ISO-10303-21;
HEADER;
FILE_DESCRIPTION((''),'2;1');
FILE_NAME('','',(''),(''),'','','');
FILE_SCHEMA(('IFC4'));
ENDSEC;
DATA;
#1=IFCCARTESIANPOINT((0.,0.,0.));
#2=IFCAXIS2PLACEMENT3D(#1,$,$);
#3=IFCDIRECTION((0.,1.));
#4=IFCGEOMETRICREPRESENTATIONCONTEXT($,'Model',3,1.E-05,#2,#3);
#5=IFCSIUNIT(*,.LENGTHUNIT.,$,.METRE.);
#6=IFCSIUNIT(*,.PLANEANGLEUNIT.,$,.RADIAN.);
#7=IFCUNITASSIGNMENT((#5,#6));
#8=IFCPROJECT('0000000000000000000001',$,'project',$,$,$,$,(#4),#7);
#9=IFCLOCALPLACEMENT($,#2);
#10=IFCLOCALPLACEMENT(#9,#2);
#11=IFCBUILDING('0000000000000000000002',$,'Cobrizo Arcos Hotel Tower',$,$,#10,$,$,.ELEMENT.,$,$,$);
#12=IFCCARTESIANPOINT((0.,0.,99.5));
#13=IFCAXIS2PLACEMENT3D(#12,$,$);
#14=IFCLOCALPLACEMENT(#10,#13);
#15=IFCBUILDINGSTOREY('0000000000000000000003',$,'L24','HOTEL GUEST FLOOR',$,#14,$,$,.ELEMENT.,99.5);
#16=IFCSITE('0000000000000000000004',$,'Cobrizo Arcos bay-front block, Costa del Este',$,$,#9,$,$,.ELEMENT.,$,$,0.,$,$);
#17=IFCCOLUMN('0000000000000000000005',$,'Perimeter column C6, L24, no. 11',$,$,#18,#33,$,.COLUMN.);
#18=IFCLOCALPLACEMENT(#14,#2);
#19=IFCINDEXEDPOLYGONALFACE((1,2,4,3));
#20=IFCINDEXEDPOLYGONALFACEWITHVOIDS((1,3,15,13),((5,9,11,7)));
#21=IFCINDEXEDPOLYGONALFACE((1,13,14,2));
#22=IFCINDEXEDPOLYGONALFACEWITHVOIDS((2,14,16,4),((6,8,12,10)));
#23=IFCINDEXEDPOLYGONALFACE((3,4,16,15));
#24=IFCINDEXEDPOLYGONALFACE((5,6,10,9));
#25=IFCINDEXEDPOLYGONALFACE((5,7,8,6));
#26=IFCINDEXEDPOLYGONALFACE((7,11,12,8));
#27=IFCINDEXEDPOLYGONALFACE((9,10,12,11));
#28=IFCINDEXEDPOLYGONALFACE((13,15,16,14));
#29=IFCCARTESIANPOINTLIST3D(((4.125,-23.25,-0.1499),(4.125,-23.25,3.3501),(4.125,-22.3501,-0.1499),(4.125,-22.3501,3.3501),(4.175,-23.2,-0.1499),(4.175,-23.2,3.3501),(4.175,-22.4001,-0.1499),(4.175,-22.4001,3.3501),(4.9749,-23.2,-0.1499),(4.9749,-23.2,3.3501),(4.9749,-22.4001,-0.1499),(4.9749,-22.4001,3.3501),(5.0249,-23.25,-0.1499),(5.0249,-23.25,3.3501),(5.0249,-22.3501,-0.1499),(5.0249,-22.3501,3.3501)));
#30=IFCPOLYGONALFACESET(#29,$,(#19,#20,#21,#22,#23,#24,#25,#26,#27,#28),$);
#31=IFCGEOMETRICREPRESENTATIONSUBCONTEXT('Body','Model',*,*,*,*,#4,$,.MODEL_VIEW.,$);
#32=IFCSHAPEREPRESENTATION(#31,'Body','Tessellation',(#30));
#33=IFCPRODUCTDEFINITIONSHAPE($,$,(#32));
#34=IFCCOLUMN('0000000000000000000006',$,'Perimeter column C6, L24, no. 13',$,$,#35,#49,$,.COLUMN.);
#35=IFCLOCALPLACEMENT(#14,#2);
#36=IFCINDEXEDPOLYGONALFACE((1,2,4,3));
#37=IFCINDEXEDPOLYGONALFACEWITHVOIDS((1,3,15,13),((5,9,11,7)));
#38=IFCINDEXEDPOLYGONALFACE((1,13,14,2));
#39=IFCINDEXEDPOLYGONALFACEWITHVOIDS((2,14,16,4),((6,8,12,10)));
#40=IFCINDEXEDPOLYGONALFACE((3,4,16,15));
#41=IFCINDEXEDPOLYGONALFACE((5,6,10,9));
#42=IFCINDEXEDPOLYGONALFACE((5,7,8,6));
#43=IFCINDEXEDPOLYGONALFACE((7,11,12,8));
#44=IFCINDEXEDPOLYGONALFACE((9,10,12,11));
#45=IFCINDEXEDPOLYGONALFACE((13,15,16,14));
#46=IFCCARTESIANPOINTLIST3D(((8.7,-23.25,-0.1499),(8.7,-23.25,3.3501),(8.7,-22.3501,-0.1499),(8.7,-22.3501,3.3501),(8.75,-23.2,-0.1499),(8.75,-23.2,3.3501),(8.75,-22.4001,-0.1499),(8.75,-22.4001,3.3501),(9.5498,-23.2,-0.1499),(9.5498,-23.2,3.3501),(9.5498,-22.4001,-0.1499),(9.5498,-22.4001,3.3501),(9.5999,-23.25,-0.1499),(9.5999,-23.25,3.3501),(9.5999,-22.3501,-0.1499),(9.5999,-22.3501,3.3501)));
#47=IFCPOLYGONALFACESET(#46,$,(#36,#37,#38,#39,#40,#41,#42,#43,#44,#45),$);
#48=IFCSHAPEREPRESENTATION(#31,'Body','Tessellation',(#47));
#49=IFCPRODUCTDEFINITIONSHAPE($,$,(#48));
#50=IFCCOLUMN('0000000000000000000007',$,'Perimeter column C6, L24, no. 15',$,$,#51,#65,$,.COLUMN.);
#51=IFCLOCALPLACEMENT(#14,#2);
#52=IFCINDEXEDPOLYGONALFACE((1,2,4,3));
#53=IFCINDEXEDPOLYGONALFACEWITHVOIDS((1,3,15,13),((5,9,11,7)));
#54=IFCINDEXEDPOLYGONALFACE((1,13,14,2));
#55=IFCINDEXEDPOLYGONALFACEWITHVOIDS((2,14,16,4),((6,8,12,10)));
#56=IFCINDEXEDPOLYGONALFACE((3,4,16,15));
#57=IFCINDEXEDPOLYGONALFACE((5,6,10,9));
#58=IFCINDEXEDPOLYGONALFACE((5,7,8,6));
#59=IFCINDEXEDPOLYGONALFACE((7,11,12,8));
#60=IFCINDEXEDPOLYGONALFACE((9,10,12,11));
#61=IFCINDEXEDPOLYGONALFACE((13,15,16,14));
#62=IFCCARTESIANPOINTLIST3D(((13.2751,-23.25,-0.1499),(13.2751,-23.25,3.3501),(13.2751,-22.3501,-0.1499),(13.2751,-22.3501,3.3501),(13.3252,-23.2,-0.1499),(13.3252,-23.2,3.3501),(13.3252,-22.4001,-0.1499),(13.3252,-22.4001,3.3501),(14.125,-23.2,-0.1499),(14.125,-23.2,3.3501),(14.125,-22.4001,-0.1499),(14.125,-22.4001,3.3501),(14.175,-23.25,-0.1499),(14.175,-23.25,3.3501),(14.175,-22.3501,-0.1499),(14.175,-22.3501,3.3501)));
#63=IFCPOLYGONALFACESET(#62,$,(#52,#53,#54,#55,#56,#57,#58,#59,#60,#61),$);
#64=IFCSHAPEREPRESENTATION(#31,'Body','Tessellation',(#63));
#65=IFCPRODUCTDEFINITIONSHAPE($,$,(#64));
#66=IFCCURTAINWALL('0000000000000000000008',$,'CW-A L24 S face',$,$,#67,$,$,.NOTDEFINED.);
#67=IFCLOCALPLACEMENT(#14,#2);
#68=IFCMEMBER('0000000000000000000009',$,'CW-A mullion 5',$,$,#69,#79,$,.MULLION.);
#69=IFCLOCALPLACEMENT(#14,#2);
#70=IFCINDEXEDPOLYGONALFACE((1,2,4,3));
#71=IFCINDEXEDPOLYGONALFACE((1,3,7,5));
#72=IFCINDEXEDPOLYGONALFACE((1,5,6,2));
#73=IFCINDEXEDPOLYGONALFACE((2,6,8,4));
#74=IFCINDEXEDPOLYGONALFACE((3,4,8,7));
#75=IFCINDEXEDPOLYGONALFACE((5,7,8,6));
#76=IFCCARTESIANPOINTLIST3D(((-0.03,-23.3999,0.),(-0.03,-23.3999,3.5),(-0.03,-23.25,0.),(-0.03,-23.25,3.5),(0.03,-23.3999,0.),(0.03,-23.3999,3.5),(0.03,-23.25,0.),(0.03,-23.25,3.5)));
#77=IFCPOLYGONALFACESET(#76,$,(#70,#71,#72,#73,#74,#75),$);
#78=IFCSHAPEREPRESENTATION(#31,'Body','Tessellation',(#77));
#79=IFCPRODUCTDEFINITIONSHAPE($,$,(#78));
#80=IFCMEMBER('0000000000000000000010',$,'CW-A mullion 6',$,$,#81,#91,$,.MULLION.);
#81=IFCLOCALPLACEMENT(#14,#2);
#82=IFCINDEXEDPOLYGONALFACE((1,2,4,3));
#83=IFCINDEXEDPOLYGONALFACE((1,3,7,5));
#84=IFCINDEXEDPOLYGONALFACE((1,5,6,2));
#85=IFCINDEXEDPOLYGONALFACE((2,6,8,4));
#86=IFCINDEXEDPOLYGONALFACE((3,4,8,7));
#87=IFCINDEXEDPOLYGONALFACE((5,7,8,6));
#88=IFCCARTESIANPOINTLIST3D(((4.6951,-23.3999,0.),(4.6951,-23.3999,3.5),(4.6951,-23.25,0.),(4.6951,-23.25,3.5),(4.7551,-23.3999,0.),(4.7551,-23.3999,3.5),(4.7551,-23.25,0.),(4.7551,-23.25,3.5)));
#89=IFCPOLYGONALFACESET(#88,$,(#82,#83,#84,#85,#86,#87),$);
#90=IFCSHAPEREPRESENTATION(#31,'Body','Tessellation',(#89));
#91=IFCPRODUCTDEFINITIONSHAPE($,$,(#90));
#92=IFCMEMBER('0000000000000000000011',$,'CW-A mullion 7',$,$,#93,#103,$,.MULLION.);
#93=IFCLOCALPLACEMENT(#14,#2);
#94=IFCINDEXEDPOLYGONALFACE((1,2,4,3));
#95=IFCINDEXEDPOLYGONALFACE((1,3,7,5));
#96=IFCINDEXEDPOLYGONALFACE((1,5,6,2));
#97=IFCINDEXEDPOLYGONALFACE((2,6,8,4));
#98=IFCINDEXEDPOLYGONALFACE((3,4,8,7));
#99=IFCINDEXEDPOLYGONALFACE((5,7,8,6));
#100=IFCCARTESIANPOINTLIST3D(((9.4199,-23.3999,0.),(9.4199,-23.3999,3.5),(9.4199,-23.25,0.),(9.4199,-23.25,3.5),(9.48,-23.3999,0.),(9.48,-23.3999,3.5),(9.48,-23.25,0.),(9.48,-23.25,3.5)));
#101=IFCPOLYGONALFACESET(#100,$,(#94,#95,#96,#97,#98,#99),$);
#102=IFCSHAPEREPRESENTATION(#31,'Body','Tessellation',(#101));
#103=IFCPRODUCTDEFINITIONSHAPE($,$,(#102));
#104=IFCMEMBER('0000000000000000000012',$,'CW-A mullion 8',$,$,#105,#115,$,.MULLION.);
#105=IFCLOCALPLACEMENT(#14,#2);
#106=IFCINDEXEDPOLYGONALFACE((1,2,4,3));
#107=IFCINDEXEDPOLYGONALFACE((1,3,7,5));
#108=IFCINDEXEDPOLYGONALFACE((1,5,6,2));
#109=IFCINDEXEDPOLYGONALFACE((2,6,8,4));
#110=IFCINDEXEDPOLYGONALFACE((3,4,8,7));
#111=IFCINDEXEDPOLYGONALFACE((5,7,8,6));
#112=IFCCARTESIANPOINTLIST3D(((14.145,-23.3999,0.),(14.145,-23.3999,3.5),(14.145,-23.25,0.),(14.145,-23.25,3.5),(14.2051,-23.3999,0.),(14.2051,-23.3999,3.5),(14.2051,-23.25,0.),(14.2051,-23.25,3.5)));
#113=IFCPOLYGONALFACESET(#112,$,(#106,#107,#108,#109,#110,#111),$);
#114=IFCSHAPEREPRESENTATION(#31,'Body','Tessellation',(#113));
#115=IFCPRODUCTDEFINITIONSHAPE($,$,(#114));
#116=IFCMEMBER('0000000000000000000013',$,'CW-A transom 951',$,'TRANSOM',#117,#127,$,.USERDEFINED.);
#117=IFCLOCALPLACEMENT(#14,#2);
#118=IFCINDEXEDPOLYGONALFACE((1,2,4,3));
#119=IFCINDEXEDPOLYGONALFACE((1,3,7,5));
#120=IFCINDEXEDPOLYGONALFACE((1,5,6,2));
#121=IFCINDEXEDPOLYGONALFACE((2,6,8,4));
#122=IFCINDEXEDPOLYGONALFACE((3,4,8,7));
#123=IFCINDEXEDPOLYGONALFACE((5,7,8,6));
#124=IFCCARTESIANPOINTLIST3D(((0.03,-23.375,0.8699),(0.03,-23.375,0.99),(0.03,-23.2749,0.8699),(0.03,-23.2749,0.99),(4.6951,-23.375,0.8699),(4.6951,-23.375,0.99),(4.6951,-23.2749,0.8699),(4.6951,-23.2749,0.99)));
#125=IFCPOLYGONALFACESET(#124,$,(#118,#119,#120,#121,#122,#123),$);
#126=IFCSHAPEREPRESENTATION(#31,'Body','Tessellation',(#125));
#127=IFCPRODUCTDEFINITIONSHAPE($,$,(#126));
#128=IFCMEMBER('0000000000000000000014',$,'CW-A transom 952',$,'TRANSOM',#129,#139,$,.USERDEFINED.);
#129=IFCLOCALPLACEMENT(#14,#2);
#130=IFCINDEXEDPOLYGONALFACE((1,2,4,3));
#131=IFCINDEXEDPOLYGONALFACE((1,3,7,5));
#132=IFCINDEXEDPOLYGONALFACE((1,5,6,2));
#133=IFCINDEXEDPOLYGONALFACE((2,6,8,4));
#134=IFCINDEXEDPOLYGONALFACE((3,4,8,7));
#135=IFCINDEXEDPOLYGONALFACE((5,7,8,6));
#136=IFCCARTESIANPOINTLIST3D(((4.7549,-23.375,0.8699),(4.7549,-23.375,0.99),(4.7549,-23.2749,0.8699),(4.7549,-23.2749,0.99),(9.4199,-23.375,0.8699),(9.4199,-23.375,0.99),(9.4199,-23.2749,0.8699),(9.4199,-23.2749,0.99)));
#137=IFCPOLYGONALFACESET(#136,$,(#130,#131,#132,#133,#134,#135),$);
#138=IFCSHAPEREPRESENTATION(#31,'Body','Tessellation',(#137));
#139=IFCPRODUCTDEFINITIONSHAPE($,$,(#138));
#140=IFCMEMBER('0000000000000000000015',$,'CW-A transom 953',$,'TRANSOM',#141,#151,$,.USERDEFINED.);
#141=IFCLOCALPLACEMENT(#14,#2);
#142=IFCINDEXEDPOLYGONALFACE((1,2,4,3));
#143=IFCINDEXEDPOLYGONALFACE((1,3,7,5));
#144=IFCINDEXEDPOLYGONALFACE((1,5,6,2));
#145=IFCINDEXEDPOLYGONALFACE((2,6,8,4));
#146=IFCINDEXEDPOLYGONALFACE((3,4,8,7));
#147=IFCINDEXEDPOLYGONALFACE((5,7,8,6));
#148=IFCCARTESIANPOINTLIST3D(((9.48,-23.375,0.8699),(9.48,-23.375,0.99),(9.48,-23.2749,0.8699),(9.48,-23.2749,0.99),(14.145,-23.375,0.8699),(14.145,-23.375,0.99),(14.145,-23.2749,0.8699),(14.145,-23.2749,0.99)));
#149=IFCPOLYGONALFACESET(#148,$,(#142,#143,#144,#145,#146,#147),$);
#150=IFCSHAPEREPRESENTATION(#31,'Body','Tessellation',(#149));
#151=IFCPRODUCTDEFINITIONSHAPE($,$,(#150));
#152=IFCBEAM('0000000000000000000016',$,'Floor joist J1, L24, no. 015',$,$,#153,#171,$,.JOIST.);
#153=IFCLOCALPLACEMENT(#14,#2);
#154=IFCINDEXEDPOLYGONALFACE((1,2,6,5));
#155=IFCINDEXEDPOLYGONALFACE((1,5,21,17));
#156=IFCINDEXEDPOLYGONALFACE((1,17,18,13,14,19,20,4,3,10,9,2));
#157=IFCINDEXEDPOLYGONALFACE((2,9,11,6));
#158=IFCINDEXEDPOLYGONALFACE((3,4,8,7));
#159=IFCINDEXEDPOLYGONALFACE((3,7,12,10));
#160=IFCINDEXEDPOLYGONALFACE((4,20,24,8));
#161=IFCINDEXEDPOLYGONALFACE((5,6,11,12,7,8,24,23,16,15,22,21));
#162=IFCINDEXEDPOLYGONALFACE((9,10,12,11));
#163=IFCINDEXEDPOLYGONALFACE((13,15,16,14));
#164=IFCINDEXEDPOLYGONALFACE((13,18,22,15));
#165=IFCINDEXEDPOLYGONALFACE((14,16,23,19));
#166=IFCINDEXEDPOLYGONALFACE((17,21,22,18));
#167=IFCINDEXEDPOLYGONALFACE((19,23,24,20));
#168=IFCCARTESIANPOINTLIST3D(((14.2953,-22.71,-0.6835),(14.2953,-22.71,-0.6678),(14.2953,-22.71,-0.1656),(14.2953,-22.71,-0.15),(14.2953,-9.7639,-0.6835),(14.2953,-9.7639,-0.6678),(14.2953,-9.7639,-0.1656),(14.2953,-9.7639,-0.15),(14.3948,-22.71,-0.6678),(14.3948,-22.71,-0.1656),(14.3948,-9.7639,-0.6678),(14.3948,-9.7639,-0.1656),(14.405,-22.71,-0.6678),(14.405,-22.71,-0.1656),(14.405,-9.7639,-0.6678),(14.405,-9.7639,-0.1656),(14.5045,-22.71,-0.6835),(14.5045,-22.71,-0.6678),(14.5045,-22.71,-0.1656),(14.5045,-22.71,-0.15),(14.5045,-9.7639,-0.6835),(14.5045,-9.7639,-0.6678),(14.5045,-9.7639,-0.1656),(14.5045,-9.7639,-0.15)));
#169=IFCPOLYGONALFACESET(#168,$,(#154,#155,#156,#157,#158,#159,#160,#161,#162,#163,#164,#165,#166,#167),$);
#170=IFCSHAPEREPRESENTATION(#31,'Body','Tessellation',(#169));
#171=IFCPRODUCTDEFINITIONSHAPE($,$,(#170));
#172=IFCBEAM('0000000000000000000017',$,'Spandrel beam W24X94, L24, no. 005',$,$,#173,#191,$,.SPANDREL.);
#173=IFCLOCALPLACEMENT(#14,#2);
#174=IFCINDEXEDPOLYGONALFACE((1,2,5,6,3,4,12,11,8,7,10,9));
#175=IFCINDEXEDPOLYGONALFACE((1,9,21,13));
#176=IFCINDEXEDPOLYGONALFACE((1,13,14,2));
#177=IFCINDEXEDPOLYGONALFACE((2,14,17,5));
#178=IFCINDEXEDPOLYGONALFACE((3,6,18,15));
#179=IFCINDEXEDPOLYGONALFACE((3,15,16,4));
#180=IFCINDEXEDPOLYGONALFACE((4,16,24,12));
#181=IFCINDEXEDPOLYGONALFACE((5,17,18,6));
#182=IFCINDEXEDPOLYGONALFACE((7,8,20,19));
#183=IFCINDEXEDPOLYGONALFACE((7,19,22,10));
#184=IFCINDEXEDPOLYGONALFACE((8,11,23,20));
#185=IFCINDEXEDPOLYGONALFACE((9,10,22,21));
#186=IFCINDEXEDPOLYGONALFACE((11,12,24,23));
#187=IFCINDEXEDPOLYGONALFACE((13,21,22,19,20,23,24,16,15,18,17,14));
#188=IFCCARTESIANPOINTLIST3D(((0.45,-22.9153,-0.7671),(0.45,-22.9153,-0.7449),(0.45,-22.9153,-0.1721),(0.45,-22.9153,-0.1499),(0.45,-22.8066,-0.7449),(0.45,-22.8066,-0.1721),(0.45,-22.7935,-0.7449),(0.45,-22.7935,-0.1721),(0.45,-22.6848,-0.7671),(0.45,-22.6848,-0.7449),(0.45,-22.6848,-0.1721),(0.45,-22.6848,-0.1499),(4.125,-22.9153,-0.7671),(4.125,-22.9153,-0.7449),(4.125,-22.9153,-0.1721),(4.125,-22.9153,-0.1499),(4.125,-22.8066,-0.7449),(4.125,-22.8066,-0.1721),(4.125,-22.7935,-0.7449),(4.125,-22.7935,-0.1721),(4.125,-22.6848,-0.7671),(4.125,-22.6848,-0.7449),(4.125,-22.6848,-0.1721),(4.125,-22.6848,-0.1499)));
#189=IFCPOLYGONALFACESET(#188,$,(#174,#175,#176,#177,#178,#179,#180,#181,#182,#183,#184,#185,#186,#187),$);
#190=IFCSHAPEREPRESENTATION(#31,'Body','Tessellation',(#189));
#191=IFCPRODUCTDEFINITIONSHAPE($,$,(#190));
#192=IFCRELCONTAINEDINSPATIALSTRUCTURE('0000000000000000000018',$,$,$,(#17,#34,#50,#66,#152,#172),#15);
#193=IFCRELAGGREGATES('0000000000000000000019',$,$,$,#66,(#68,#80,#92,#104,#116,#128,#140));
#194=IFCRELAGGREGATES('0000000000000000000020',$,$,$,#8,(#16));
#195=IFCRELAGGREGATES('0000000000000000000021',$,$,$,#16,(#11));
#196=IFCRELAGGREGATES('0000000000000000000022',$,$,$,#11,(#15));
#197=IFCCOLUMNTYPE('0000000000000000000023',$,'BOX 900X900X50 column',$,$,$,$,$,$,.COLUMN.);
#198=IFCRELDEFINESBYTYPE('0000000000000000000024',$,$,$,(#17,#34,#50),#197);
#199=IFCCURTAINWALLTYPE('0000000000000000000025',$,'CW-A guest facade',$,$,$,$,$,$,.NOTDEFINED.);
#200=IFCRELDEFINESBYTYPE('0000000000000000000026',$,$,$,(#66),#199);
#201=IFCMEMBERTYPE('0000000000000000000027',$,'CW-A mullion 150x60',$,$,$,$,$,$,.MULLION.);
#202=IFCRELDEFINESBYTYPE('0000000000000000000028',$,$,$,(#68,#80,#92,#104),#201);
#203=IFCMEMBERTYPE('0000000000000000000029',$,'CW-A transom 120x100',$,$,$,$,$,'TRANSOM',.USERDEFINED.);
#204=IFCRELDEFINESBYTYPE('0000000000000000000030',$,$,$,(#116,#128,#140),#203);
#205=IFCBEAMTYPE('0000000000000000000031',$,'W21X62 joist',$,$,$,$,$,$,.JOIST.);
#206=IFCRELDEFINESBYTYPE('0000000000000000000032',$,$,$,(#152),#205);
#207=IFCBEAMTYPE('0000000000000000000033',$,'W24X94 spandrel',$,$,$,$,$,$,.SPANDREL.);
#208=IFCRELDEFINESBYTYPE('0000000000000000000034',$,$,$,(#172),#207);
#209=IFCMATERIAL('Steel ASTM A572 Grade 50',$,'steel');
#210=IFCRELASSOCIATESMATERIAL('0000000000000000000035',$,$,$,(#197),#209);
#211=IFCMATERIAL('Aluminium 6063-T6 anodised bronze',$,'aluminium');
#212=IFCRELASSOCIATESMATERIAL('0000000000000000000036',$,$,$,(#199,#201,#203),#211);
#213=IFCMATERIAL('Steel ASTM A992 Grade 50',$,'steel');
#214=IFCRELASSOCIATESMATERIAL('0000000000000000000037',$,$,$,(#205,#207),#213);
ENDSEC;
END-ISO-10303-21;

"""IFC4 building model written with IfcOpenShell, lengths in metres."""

from ifc_helpers import new_model, si_unit, direction, frame, origin, origin_2d, place, context, subcontext, project, spatial, rectangle, hollow_rectangle, i_section, extrude, material, material_profile, profile_set, type_object, element, aggregate, save


model = new_model("IFC4")

# Units and contexts
model_context = context("Model", 3, precision=1e-05, world=origin(), true_north=direction((0.0, 1.0)))
body_context = subcontext(model_context, "Body", "Model", "MODEL_VIEW")
ifc_project = project(units=[si_unit("LENGTHUNIT", "METRE"), si_unit("PLANEANGLEUNIT", "RADIAN")], contexts=[model_context])

# Site, building, storey
site_placement = place(None, origin())
site = spatial("IfcSite", under=ifc_project, at=site_placement, Name="Cobrizo Arcos bay-front block, Costa del Este", CompositionType="ELEMENT", RefElevation=0.0)
building_placement = place(site_placement, origin())
building = spatial("IfcBuilding", under=site, at=building_placement, Name="Cobrizo Arcos Hotel Tower", CompositionType="ELEMENT")
storey_placement = place(building_placement, frame((0.0, 0.0, 99.5)))
storey = spatial("IfcBuildingStorey", under=building, at=storey_placement, Name="L24", Description="HOTEL GUEST FLOOR", CompositionType="ELEMENT", Elevation=99.5)

# Columns
ifc_material_1 = material(Name="Steel ASTM A572 Grade 50", Category="steel")
ifc_material_profile_1 = material_profile(ifc_material_1, hollow_rectangle(XDim=0.8999, YDim=0.8999, WallThickness=0.05, at=origin_2d()), Name="BOX 900X900X50")
ifc_profile_set_1 = profile_set([ifc_material_profile_1], Name="Steel ASTM A572 Grade 50")
column_type = type_object("IfcColumnType", Name="BOX 900X900X50 column", PredefinedType="COLUMN", material=ifc_profile_set_1)
for number, where, z_axis, x_axis, name in (
    (1, (4.575, -22.8, -0.1499), (0.0, 0.0, 1.0), (1.0, 0.0, 0.0), "Perimeter column C6, L24, no. 11"),
    (2, (9.1499, -22.8, -0.1499), (0.0, 0.0, 1.0), (1.0, 0.0, 0.0), "Perimeter column C6, L24, no. 13"),
    (3, (13.7251, -22.8, -0.1499), (0.0, 0.0, 1.0), (1.0, 0.0, 0.0), "Perimeter column C6, L24, no. 15"),
):
    element("IfcColumn", number, at=place(storey_placement, frame(where, z_axis=z_axis, x_axis=x_axis)), inside=storey, type_object=column_type, Name=name, PredefinedType="COLUMN", context=body_context, shape_type="SweptSolid", body=[
        extrude(hollow_rectangle(XDim=0.8999, YDim=0.8999, WallThickness=0.05, at=origin_2d()), origin(), (0.0, 0.0, 1.0), 3.5),
    ])

# Curtain wall, members
ifc_material_2 = material(Name="Aluminium 6063-T6 anodised bronze", Category="aluminium")
curtain_wall_type = type_object("IfcCurtainWallType", Name="CW-A guest facade", PredefinedType="NOTDEFINED", material=ifc_material_2)
curtain_wall_placement = place(storey_placement, origin())
curtain_wall = element("IfcCurtainWall", 4, at=curtain_wall_placement, inside=storey, type_object=curtain_wall_type, Name="CW-A L24 S face", PredefinedType="NOTDEFINED")
ifc_material_profile_2 = material_profile(ifc_material_2, rectangle(XDim=0.1499, YDim=0.0601, at=origin_2d()), Name="CW-A mullion 150x60")
ifc_profile_set_2 = profile_set([ifc_material_profile_2], Name="Aluminium 6063-T6 anodised bronze")
member_type_1 = type_object("IfcMemberType", Name="CW-A mullion 150x60", PredefinedType="MULLION", material=ifc_profile_set_2)
member_1_placement = place(storey_placement, frame((0.0, -23.325, 0.0), z_axis=(0.0, 0.0, 1.0), x_axis=(0.0, -1.0, 0.0)))
member_1 = element("IfcMember", 5, at=member_1_placement, type_object=member_type_1, Name="CW-A mullion 5", PredefinedType="MULLION", context=body_context, shape_type="SweptSolid", body=[
    extrude(rectangle(XDim=0.1499, YDim=0.0601, at=origin_2d()), origin(), (0.0, 0.0, 1.0), 3.5),
])
member_2_placement = place(storey_placement, frame((4.7251, -23.325, 0.0), z_axis=(0.0, 0.0, 1.0), x_axis=(0.0, -1.0, 0.0)))
member_2 = element("IfcMember", 6, at=member_2_placement, type_object=member_type_1, Name="CW-A mullion 6", PredefinedType="MULLION", context=body_context, shape_type="SweptSolid", body=[
    extrude(rectangle(XDim=0.1499, YDim=0.0601, at=origin_2d()), origin(), (0.0, 0.0, 1.0), 3.5),
])
member_3_placement = place(storey_placement, frame((9.45, -23.325, 0.0), z_axis=(0.0, 0.0, 1.0), x_axis=(0.0, -1.0, 0.0)))
member_3 = element("IfcMember", 7, at=member_3_placement, type_object=member_type_1, Name="CW-A mullion 7", PredefinedType="MULLION", context=body_context, shape_type="SweptSolid", body=[
    extrude(rectangle(XDim=0.1499, YDim=0.0601, at=origin_2d()), origin(), (0.0, 0.0, 1.0), 3.5),
])
member_4_placement = place(storey_placement, frame((14.175, -23.325, 0.0), z_axis=(0.0, 0.0, 1.0), x_axis=(0.0, -1.0, 0.0)))
member_4 = element("IfcMember", 8, at=member_4_placement, type_object=member_type_1, Name="CW-A mullion 8", PredefinedType="MULLION", context=body_context, shape_type="SweptSolid", body=[
    extrude(rectangle(XDim=0.1499, YDim=0.0601, at=origin_2d()), origin(), (0.0, 0.0, 1.0), 3.5),
])
ifc_material_profile_3 = material_profile(ifc_material_2, rectangle(XDim=0.1001, YDim=0.1201, at=origin_2d()), Name="CW-A transom 120x100")
ifc_profile_set_3 = profile_set([ifc_material_profile_3], Name="Aluminium 6063-T6 anodised bronze")
member_type_2 = type_object("IfcMemberType", Name="CW-A transom 120x100", ElementType="TRANSOM", PredefinedType="USERDEFINED", material=ifc_profile_set_3)
member_5_placement = place(storey_placement, frame((0.03, -23.325, 0.9299), z_axis=(1.0, 0.0, 0.0), x_axis=(0.0, 1.0, 0.0)))
member_5 = element("IfcMember", 9, at=member_5_placement, type_object=member_type_2, Name="CW-A transom 951", ObjectType="TRANSOM", PredefinedType="USERDEFINED", context=body_context, shape_type="SweptSolid", body=[
    extrude(rectangle(XDim=0.1001, YDim=0.1201, at=origin_2d()), origin(), (0.0, 0.0, 1.0), 4.665),
])
member_6_placement = place(storey_placement, frame((4.7549, -23.325, 0.9299), z_axis=(1.0, 0.0, 0.0), x_axis=(0.0, 1.0, 0.0)))
member_6 = element("IfcMember", 10, at=member_6_placement, type_object=member_type_2, Name="CW-A transom 952", ObjectType="TRANSOM", PredefinedType="USERDEFINED", context=body_context, shape_type="SweptSolid", body=[
    extrude(rectangle(XDim=0.1001, YDim=0.1201, at=origin_2d()), origin(), (0.0, 0.0, 1.0), 4.665),
])
member_7_placement = place(storey_placement, frame((9.48, -23.325, 0.9299), z_axis=(1.0, 0.0, 0.0), x_axis=(0.0, 1.0, 0.0)))
member_7 = element("IfcMember", 11, at=member_7_placement, type_object=member_type_2, Name="CW-A transom 953", ObjectType="TRANSOM", PredefinedType="USERDEFINED", context=body_context, shape_type="SweptSolid", body=[
    extrude(rectangle(XDim=0.1001, YDim=0.1201, at=origin_2d()), origin(), (0.0, 0.0, 1.0), 4.665),
])

# Beams
ifc_material_3 = material(Name="Steel ASTM A992 Grade 50", Category="steel")
ifc_material_profile_4 = material_profile(ifc_material_3, i_section(OverallWidth=0.2092, OverallDepth=0.5334, WebThickness=0.0103, FlangeThickness=0.0156, at=origin_2d()), Name="W21X62")
ifc_profile_set_4 = profile_set([ifc_material_profile_4], Name="Steel ASTM A992 Grade 50")
beam_type_1 = type_object("IfcBeamType", Name="W21X62 joist", PredefinedType="JOIST", material=ifc_profile_set_4)
beam_1_placement = place(storey_placement, frame((14.3999, -22.71, -0.4167), z_axis=(0.0, 1.0, 0.0), x_axis=(-1.0, 0.0, 0.0)))
element("IfcBeam", 12, at=beam_1_placement, inside=storey, type_object=beam_type_1, Name="Floor joist J1, L24, no. 015", PredefinedType="JOIST", context=body_context, shape_type="SweptSolid", body=[
    extrude(i_section(OverallWidth=0.2092, OverallDepth=0.5334, WebThickness=0.0103, FlangeThickness=0.0156, at=origin_2d()), origin(), (0.0, 0.0, 1.0), 12.946),
])
ifc_material_profile_5 = material_profile(ifc_material_3, i_section(OverallWidth=0.2305, OverallDepth=0.6172, WebThickness=0.0132, FlangeThickness=0.0222, at=origin_2d()), Name="W24X94")
ifc_profile_set_5 = profile_set([ifc_material_profile_5], Name="Steel ASTM A992 Grade 50")
beam_type_2 = type_object("IfcBeamType", Name="W24X94 spandrel", PredefinedType="SPANDREL", material=ifc_profile_set_5)
for number, where, z_axis, x_axis, name in (
    (13, (0.45, -22.8, -0.4585), (1.0, 0.0, 0.0), (0.0, 1.0, 0.0), "Spandrel beam W24X94, L24, no. 005"),
):
    element("IfcBeam", number, at=place(storey_placement, frame(where, z_axis=z_axis, x_axis=x_axis)), inside=storey, type_object=beam_type_2, Name=name, PredefinedType="SPANDREL", context=body_context, shape_type="SweptSolid", body=[
        extrude(i_section(OverallWidth=0.2305, OverallDepth=0.6172, WebThickness=0.0132, FlangeThickness=0.0222, at=origin_2d()), origin(), (0.0, 0.0, 1.0), 3.675),
    ])

aggregate(curtain_wall, [member_1, member_2, member_3, member_4, member_5, member_6, member_7])

save(model, "model.ifc")
